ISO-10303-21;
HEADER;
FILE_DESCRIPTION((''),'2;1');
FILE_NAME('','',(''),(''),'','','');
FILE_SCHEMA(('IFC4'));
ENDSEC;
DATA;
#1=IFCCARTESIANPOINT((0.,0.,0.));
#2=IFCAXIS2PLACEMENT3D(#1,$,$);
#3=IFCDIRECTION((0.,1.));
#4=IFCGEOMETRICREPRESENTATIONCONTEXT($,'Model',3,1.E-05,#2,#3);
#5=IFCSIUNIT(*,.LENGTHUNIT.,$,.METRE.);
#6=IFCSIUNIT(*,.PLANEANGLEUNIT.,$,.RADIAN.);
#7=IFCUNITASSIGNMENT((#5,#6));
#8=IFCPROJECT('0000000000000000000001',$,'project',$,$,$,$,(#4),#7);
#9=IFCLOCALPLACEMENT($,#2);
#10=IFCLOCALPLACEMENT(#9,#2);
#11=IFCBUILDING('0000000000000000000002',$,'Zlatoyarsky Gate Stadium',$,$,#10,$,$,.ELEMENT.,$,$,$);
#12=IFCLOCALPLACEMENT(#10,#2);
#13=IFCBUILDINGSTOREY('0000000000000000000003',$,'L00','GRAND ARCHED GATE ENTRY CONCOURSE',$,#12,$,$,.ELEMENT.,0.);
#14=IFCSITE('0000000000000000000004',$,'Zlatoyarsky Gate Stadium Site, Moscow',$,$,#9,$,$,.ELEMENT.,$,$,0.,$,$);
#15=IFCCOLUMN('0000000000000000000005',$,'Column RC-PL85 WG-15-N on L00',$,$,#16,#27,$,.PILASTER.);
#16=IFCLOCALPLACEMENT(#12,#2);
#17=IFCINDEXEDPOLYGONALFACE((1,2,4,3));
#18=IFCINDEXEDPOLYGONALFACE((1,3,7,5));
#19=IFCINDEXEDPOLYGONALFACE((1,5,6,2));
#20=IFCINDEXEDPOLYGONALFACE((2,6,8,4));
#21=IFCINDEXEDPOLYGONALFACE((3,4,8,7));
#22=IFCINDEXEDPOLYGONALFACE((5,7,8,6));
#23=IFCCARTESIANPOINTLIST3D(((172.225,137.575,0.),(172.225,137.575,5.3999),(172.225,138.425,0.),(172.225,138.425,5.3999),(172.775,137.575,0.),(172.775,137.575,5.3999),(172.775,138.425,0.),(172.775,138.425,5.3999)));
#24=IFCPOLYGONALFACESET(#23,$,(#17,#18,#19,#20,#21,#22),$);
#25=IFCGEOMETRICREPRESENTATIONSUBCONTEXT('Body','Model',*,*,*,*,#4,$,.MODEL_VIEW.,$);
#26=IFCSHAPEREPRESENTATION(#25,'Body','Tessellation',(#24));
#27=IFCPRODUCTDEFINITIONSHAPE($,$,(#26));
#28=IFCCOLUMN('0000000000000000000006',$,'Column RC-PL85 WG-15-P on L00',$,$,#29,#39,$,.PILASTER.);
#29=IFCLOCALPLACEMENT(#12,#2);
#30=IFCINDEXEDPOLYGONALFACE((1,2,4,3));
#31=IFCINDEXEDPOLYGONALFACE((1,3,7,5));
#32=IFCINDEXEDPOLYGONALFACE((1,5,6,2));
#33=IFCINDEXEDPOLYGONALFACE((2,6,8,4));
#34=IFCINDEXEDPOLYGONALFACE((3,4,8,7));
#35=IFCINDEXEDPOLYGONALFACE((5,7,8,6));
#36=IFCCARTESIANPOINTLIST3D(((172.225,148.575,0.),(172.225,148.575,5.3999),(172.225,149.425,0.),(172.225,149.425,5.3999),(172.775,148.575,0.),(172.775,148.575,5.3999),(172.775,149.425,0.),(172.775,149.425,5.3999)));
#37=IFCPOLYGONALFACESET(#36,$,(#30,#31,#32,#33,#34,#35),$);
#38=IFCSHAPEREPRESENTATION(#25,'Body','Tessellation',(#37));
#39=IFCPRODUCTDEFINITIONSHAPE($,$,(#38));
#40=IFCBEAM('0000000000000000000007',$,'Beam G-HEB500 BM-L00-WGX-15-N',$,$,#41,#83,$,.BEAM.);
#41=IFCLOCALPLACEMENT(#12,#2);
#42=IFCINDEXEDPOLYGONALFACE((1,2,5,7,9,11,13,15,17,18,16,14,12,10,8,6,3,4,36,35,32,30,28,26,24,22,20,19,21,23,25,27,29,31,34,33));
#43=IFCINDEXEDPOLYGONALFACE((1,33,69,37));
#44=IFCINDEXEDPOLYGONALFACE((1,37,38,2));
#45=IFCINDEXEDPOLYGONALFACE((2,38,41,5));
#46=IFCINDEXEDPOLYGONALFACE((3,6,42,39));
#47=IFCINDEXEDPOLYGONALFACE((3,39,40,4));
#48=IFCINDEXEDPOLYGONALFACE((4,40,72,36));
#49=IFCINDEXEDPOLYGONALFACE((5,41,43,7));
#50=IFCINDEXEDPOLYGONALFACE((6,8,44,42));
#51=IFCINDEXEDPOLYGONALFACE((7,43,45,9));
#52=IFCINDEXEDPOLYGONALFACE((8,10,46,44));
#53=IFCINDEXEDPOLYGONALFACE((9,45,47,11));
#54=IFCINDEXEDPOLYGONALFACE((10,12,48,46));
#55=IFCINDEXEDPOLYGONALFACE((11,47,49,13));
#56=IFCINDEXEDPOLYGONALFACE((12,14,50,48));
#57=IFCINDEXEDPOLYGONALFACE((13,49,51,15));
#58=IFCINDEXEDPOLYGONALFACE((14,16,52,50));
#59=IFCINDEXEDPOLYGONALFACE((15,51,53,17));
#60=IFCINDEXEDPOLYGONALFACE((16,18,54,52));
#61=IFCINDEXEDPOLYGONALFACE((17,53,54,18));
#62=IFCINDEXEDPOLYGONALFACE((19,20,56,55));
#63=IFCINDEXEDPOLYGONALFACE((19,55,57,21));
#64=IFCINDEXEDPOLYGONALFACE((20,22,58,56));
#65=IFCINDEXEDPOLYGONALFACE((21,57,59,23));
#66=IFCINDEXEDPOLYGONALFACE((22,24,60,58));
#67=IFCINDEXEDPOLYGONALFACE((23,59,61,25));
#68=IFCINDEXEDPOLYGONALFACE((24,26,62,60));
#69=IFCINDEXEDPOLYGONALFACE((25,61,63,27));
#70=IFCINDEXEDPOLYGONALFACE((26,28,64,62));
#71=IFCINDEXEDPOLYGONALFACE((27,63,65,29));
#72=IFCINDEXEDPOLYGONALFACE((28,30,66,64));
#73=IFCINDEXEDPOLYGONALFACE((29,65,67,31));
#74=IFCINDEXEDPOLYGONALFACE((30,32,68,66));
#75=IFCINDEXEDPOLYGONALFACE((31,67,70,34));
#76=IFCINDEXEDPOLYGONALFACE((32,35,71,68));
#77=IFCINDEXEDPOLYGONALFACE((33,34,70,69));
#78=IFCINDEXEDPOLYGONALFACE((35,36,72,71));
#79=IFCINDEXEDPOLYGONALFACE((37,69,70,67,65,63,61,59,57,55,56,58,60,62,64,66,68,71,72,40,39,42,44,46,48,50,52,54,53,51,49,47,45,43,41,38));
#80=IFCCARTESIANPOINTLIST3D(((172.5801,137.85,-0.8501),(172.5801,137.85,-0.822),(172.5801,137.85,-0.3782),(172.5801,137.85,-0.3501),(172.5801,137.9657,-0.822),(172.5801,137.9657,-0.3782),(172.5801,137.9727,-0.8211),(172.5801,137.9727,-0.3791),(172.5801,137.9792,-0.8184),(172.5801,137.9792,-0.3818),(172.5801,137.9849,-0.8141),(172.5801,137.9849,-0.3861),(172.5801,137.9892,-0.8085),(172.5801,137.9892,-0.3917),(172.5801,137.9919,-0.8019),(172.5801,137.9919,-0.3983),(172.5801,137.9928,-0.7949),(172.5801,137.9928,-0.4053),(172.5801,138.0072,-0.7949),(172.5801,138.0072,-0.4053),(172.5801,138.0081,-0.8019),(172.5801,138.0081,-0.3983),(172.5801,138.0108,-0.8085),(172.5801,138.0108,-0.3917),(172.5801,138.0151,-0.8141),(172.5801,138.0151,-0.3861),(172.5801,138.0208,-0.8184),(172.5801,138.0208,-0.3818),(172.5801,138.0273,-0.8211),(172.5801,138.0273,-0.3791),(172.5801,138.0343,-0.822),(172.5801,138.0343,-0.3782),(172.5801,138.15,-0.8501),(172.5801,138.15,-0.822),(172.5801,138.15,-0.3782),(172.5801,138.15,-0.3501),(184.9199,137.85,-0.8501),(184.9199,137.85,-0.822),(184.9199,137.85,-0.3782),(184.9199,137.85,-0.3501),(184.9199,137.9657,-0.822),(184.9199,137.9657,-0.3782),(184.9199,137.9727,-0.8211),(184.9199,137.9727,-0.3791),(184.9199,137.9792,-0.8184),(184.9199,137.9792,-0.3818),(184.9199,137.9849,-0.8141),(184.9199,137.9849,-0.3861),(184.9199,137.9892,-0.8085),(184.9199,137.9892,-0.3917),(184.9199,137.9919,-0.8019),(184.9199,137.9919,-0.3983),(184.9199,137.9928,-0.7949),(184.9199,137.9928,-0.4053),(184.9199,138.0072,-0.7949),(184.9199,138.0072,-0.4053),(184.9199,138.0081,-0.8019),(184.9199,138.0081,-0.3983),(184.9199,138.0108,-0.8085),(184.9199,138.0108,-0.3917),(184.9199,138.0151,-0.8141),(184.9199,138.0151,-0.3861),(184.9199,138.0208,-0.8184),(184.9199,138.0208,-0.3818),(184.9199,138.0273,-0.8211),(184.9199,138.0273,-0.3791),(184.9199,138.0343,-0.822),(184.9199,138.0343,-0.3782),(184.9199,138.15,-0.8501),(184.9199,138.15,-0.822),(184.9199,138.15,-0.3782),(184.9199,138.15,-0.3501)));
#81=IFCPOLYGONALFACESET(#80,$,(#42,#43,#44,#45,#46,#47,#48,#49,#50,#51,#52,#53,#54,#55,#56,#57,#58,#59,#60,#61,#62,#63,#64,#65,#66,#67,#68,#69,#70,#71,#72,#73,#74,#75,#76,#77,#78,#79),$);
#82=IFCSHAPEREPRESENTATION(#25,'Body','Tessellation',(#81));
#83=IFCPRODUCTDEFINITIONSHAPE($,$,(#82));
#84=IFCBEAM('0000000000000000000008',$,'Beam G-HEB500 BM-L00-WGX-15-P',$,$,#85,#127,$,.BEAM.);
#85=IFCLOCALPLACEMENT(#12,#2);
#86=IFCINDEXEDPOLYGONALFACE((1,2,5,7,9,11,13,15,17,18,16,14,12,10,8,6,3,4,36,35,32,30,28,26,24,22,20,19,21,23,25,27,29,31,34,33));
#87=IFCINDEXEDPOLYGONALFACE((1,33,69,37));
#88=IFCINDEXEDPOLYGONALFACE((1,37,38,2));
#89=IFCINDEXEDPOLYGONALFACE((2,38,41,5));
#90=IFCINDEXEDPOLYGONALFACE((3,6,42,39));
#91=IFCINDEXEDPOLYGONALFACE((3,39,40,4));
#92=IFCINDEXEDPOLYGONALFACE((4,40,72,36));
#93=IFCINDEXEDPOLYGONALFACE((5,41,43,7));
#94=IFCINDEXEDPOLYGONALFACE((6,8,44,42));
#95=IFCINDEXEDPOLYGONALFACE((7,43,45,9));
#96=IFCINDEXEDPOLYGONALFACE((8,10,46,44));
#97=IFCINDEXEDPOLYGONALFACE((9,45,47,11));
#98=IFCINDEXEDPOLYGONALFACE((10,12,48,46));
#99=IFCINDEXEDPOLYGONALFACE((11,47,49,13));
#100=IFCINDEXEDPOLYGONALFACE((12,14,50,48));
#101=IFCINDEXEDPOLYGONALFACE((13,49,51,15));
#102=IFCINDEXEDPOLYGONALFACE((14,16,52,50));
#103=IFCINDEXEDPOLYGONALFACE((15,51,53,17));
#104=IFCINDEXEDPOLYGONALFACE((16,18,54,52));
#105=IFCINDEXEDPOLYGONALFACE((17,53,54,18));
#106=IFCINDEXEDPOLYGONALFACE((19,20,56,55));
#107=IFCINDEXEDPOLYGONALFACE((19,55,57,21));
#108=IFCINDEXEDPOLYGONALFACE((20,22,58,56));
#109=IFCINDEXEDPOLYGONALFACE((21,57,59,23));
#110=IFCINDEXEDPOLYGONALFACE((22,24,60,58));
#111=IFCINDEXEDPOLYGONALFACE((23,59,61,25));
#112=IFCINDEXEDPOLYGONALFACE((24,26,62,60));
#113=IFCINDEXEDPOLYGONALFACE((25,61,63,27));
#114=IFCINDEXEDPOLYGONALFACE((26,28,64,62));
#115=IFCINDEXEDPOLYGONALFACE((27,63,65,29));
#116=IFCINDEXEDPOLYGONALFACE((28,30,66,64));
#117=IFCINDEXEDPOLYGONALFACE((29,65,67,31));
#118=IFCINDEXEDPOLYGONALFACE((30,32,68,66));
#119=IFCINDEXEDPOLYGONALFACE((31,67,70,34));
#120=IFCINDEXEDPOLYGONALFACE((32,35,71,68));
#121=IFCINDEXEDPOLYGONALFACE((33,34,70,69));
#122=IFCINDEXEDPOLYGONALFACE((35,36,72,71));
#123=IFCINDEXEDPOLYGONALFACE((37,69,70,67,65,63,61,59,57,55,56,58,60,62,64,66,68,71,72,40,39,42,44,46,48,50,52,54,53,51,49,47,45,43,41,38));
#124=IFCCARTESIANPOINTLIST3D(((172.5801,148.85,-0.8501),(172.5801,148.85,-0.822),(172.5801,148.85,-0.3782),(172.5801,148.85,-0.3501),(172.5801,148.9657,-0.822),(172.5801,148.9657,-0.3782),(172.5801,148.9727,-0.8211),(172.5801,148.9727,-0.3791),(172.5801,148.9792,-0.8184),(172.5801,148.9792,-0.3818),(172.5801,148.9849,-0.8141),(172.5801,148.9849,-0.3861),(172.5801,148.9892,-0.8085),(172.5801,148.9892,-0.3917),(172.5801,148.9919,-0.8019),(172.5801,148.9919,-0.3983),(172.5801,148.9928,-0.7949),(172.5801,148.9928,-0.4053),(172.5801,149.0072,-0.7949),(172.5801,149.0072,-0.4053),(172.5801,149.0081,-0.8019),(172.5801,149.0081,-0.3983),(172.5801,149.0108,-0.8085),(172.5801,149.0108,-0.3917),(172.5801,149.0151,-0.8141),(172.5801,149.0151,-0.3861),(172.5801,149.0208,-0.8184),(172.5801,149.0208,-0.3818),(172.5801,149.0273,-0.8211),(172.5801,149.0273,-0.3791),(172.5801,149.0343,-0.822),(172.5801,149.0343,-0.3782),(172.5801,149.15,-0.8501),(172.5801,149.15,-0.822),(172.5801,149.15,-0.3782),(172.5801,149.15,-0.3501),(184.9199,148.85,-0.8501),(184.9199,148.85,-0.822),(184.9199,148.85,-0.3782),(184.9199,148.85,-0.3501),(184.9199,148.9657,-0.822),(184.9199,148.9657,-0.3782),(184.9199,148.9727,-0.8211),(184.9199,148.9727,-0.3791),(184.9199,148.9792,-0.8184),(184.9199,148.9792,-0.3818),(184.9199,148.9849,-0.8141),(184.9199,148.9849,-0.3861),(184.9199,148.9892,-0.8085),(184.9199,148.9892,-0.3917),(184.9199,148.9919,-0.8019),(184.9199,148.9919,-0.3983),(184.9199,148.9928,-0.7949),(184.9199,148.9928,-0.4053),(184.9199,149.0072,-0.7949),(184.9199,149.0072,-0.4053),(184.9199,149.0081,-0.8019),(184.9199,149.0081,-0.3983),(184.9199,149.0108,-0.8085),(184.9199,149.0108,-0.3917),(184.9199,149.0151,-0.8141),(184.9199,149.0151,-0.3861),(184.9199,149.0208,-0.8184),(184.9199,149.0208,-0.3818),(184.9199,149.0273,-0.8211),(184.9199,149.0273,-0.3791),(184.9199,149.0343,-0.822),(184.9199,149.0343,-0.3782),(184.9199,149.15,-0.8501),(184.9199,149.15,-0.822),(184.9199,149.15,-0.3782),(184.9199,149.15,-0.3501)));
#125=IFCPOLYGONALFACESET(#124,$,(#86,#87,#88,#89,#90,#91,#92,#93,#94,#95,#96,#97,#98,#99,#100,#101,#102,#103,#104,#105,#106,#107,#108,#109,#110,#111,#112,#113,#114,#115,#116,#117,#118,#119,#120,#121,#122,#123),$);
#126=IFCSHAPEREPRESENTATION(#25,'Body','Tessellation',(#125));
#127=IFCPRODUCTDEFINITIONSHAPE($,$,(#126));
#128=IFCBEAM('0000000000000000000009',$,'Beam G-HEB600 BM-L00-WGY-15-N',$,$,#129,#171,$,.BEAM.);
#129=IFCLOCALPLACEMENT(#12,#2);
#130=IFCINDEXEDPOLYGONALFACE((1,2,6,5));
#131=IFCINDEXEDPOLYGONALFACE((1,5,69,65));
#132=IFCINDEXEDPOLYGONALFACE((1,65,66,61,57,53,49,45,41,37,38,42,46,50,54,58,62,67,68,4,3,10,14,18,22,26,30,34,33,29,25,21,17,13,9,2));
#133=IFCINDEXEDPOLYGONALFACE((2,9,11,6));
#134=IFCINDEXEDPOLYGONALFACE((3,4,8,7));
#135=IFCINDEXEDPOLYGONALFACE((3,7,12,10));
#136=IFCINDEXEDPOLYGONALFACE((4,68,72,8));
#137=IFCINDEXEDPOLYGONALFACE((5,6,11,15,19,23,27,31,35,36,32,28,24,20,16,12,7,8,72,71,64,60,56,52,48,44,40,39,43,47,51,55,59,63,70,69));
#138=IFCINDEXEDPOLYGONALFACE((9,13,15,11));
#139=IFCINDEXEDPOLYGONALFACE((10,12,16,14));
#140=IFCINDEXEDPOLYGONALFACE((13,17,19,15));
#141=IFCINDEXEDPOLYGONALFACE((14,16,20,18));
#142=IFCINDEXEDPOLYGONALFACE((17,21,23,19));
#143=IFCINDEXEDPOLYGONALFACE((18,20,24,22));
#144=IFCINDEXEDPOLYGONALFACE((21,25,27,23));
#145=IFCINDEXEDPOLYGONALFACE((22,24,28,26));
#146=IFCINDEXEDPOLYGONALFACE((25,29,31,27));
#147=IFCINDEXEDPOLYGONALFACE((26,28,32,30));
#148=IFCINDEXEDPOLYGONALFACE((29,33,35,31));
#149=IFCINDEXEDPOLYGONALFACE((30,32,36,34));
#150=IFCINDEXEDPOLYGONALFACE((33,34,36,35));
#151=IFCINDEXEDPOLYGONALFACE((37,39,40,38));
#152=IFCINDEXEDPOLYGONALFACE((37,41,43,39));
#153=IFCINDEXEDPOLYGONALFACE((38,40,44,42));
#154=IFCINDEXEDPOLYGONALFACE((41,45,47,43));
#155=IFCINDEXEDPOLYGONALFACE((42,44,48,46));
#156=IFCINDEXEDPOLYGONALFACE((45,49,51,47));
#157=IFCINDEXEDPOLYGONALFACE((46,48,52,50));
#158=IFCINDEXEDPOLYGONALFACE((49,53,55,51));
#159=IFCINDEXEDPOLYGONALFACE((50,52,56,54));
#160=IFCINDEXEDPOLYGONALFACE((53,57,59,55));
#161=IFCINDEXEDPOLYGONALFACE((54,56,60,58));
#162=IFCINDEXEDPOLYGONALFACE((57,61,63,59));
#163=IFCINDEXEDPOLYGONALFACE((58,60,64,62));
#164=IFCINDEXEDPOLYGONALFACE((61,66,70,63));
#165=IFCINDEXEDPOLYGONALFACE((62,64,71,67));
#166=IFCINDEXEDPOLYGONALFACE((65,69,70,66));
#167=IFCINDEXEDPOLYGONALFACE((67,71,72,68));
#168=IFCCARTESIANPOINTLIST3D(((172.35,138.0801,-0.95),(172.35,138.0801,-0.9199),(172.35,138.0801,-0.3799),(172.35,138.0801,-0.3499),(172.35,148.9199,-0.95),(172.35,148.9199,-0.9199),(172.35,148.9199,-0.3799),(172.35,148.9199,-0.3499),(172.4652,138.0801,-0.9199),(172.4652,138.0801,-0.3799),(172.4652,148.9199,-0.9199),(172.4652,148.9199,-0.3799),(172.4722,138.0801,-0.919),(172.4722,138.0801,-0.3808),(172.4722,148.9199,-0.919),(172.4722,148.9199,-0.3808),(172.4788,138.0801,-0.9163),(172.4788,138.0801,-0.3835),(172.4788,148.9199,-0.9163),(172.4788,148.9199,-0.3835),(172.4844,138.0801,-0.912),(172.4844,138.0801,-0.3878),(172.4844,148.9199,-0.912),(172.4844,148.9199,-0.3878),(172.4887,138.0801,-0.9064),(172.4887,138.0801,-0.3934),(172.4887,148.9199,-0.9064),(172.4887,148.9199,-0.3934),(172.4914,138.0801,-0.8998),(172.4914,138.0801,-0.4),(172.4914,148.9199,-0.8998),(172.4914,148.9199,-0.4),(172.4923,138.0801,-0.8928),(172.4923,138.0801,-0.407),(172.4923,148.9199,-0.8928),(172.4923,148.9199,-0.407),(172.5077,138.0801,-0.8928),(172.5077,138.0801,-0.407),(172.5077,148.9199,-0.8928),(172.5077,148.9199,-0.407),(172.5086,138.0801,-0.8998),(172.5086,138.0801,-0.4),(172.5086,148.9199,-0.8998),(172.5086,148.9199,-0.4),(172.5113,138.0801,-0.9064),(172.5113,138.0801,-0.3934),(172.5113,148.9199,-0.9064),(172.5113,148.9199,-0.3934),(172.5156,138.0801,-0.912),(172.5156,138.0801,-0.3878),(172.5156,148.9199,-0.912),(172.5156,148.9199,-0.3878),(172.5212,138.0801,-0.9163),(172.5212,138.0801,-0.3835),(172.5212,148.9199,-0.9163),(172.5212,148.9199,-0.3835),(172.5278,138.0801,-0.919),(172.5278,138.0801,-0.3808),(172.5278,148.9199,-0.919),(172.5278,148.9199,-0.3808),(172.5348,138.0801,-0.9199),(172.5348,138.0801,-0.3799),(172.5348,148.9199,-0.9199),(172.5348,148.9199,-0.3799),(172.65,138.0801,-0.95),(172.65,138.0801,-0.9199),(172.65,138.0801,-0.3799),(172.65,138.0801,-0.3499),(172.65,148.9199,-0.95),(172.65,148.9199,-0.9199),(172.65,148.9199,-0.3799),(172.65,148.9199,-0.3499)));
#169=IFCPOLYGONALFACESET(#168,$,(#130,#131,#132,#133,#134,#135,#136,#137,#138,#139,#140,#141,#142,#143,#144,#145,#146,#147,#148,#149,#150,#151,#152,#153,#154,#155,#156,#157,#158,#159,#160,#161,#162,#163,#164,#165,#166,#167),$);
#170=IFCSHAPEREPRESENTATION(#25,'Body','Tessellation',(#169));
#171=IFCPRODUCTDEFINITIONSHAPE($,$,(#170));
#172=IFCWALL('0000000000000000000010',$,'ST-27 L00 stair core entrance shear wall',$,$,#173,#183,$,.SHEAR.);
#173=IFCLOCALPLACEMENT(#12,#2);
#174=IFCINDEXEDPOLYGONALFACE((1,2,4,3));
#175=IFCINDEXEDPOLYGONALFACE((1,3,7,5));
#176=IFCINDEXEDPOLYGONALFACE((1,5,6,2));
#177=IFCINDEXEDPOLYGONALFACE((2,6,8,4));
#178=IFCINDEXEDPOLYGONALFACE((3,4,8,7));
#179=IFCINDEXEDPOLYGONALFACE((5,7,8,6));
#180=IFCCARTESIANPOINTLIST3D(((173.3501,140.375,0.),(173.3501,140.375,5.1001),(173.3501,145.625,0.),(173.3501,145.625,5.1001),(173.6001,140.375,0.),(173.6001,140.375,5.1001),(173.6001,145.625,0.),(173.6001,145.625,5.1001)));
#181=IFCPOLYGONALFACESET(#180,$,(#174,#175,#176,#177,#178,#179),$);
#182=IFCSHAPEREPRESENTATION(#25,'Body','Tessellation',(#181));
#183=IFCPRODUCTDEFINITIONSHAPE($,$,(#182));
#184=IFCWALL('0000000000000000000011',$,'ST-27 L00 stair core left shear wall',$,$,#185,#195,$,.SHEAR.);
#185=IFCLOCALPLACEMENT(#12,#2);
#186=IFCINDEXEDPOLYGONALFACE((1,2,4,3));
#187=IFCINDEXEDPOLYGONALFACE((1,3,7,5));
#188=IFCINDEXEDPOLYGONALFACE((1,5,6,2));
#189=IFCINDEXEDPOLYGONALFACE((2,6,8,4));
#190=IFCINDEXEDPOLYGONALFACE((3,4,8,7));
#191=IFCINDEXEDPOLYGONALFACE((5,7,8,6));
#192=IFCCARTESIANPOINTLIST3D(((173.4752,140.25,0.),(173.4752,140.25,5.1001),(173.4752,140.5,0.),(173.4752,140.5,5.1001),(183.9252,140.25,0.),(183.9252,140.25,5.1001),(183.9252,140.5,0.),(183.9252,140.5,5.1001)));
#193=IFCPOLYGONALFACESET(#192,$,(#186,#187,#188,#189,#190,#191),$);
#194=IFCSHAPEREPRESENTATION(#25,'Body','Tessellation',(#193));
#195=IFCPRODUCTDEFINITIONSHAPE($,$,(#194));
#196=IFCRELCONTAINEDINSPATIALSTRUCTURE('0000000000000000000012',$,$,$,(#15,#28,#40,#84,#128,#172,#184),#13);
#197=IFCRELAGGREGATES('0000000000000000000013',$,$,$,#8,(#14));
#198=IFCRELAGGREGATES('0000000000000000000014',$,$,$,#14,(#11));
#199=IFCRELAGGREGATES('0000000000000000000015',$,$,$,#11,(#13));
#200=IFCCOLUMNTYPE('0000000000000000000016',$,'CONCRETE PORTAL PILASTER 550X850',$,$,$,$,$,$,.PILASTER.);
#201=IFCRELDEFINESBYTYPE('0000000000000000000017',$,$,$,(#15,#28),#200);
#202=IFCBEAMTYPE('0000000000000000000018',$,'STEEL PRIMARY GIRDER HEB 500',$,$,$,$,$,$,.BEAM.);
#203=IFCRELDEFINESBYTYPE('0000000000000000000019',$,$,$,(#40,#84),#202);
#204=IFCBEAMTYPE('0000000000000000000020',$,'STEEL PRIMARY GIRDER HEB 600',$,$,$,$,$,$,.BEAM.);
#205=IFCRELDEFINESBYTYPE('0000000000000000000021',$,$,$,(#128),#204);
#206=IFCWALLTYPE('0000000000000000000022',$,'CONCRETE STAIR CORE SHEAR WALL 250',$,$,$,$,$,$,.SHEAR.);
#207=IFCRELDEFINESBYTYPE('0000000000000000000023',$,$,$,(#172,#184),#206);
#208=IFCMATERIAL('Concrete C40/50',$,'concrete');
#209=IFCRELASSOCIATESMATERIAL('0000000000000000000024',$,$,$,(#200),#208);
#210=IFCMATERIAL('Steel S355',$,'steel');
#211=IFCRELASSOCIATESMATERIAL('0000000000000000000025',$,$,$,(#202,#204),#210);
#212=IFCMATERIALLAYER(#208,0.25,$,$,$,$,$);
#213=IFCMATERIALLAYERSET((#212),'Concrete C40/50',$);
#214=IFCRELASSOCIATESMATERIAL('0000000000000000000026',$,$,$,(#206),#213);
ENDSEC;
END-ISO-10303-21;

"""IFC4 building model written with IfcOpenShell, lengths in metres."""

from ifc_helpers import new_model, si_unit, direction, frame, frame_2d, origin, origin_2d, place, context, subcontext, project, spatial, rectangle, i_section, extrude, material, layer, layer_set, material_profile, profile_set, type_object, element, save


model = new_model("IFC4")

# Units and contexts
model_context = context("Model", 3, precision=1e-05, world=origin(), true_north=direction((0.0, 1.0)))
body_context = subcontext(model_context, "Body", "Model", "MODEL_VIEW")
ifc_project = project(units=[si_unit("LENGTHUNIT", "METRE"), si_unit("PLANEANGLEUNIT", "RADIAN")], contexts=[model_context])

# Site, building, storey
site_placement = place(None, origin())
site = spatial("IfcSite", under=ifc_project, at=site_placement, Name="Zlatoyarsky Gate Stadium Site, Moscow", CompositionType="ELEMENT", RefElevation=0.0)
building_placement = place(site_placement, origin())
building = spatial("IfcBuilding", under=site, at=building_placement, Name="Zlatoyarsky Gate Stadium", CompositionType="ELEMENT")
storey_placement = place(building_placement, origin())
storey = spatial("IfcBuildingStorey", under=building, at=storey_placement, Name="L00", Description="GRAND ARCHED GATE ENTRY CONCOURSE", CompositionType="ELEMENT", Elevation=0.0)

# Columns
ifc_material_1 = material(Name="Concrete C40/50", Category="concrete")
ifc_material_profile_1 = material_profile(ifc_material_1, rectangle(XDim=0.55, YDim=0.8501, at=origin_2d()), Name="RC PILASTER 550X850")
ifc_profile_set_1 = profile_set([ifc_material_profile_1], Name="Concrete C40/50")
column_type = type_object("IfcColumnType", Name="CONCRETE PORTAL PILASTER 550X850", PredefinedType="PILASTER", material=ifc_profile_set_1)
for number, where, z_axis, x_axis, name in (
    (1, (172.5, 138.0, 0.0), (0.0, 0.0, 1.0), (1.0, 0.0, 0.0), "Column RC-PL85 WG-15-N on L00"),
    (2, (172.5, 149.0, 0.0), (0.0, 0.0, 1.0), (1.0, 0.0, 0.0), "Column RC-PL85 WG-15-P on L00"),
):
    element("IfcColumn", number, at=place(storey_placement, frame(where, z_axis=z_axis, x_axis=x_axis)), inside=storey, type_object=column_type, Name=name, PredefinedType="PILASTER", context=body_context, shape_type="SweptSolid", body=[
        extrude(rectangle(XDim=0.55, YDim=0.8501, at=origin_2d()), origin(), (0.0, 0.0, 1.0), 5.3999),
    ])

# Beams
ifc_material_2 = material(Name="Steel S355", Category="steel")
ifc_material_profile_2 = material_profile(ifc_material_2, i_section(OverallWidth=0.3, OverallDepth=0.5, WebThickness=0.0144, FlangeThickness=0.0281, FilletRadius=0.0271, at=origin_2d()), Name="HEB 500")
ifc_profile_set_2 = profile_set([ifc_material_profile_2], Name="Steel S355")
beam_type_1 = type_object("IfcBeamType", Name="STEEL PRIMARY GIRDER HEB 500", PredefinedType="BEAM", material=ifc_profile_set_2)
for number, where, z_axis, x_axis, name in (
    (3, (172.5801, 138.0, -0.6001), (1.0, 0.0, 0.0), (0.0, 1.0, 0.0), "Beam G-HEB500 BM-L00-WGX-15-N"),
    (4, (172.5801, 149.0, -0.6001), (1.0, 0.0, 0.0), (0.0, 1.0, 0.0), "Beam G-HEB500 BM-L00-WGX-15-P"),
):
    element("IfcBeam", number, at=place(storey_placement, frame(where, z_axis=z_axis, x_axis=x_axis)), inside=storey, type_object=beam_type_1, Name=name, PredefinedType="BEAM", context=body_context, shape_type="SweptSolid", body=[
        extrude(i_section(OverallWidth=0.3, OverallDepth=0.5, WebThickness=0.0144, FlangeThickness=0.0281, FilletRadius=0.0271, at=origin_2d()), origin(), (0.0, 0.0, 1.0), 12.3398),
    ])
ifc_material_profile_3 = material_profile(ifc_material_2, i_section(OverallWidth=0.3, OverallDepth=0.6001, WebThickness=0.0154, FlangeThickness=0.03, FilletRadius=0.0271, at=origin_2d()), Name="HEB 600")
ifc_profile_set_3 = profile_set([ifc_material_profile_3], Name="Steel S355")
beam_type_2 = type_object("IfcBeamType", Name="STEEL PRIMARY GIRDER HEB 600", PredefinedType="BEAM", material=ifc_profile_set_3)
beam_placement = place(storey_placement, frame((172.5, 138.0801, -0.6499), z_axis=(0.0, 1.0, 0.0), x_axis=(-1.0, 0.0, 0.0)))
element("IfcBeam", 5, at=beam_placement, inside=storey, type_object=beam_type_2, Name="Beam G-HEB600 BM-L00-WGY-15-N", PredefinedType="BEAM", context=body_context, shape_type="SweptSolid", body=[
    extrude(i_section(OverallWidth=0.3, OverallDepth=0.6001, WebThickness=0.0154, FlangeThickness=0.03, FilletRadius=0.0271, at=origin_2d()), origin(), (0.0, 0.0, 1.0), 10.8398),
])

# Walls
ifc_layer_1 = layer(ifc_material_1, 0.25)
ifc_layer_set_1 = layer_set([ifc_layer_1], Name="Concrete C40/50")
wall_type_1 = type_object("IfcWallType", Name="CONCRETE STAIR CORE SHEAR WALL 250", PredefinedType="SHEAR", material=ifc_layer_set_1)
wall_1_placement = place(storey_placement, frame((173.4751, 145.625, 0.0), z_axis=(0.0, 0.0, 1.0), x_axis=(0.0, -1.0, 0.0)))
element("IfcWall", 6, at=wall_1_placement, inside=storey, type_object=wall_type_1, Name="ST-27 L00 stair core entrance shear wall", PredefinedType="SHEAR", context=body_context, shape_type="SweptSolid", body=[
    extrude(rectangle(XDim=5.25, YDim=0.25, at=frame_2d((2.625, 0.0))), origin(), (0.0, 0.0, 1.0), 5.1001),
])
wall_2_placement = place(storey_placement, frame((173.4751, 140.375, 0.0), z_axis=(0.0, 0.0, 1.0), x_axis=(1.0, 0.0, 0.0)))
element("IfcWall", 7, at=wall_2_placement, inside=storey, type_object=wall_type_1, Name="ST-27 L00 stair core left shear wall", PredefinedType="SHEAR", context=body_context, shape_type="SweptSolid", body=[
    extrude(rectangle(XDim=10.45, YDim=0.25, at=frame_2d((5.2251, 0.0))), origin(), (0.0, 0.0, 1.0), 5.1001),
])

save(model, "model.ifc")
